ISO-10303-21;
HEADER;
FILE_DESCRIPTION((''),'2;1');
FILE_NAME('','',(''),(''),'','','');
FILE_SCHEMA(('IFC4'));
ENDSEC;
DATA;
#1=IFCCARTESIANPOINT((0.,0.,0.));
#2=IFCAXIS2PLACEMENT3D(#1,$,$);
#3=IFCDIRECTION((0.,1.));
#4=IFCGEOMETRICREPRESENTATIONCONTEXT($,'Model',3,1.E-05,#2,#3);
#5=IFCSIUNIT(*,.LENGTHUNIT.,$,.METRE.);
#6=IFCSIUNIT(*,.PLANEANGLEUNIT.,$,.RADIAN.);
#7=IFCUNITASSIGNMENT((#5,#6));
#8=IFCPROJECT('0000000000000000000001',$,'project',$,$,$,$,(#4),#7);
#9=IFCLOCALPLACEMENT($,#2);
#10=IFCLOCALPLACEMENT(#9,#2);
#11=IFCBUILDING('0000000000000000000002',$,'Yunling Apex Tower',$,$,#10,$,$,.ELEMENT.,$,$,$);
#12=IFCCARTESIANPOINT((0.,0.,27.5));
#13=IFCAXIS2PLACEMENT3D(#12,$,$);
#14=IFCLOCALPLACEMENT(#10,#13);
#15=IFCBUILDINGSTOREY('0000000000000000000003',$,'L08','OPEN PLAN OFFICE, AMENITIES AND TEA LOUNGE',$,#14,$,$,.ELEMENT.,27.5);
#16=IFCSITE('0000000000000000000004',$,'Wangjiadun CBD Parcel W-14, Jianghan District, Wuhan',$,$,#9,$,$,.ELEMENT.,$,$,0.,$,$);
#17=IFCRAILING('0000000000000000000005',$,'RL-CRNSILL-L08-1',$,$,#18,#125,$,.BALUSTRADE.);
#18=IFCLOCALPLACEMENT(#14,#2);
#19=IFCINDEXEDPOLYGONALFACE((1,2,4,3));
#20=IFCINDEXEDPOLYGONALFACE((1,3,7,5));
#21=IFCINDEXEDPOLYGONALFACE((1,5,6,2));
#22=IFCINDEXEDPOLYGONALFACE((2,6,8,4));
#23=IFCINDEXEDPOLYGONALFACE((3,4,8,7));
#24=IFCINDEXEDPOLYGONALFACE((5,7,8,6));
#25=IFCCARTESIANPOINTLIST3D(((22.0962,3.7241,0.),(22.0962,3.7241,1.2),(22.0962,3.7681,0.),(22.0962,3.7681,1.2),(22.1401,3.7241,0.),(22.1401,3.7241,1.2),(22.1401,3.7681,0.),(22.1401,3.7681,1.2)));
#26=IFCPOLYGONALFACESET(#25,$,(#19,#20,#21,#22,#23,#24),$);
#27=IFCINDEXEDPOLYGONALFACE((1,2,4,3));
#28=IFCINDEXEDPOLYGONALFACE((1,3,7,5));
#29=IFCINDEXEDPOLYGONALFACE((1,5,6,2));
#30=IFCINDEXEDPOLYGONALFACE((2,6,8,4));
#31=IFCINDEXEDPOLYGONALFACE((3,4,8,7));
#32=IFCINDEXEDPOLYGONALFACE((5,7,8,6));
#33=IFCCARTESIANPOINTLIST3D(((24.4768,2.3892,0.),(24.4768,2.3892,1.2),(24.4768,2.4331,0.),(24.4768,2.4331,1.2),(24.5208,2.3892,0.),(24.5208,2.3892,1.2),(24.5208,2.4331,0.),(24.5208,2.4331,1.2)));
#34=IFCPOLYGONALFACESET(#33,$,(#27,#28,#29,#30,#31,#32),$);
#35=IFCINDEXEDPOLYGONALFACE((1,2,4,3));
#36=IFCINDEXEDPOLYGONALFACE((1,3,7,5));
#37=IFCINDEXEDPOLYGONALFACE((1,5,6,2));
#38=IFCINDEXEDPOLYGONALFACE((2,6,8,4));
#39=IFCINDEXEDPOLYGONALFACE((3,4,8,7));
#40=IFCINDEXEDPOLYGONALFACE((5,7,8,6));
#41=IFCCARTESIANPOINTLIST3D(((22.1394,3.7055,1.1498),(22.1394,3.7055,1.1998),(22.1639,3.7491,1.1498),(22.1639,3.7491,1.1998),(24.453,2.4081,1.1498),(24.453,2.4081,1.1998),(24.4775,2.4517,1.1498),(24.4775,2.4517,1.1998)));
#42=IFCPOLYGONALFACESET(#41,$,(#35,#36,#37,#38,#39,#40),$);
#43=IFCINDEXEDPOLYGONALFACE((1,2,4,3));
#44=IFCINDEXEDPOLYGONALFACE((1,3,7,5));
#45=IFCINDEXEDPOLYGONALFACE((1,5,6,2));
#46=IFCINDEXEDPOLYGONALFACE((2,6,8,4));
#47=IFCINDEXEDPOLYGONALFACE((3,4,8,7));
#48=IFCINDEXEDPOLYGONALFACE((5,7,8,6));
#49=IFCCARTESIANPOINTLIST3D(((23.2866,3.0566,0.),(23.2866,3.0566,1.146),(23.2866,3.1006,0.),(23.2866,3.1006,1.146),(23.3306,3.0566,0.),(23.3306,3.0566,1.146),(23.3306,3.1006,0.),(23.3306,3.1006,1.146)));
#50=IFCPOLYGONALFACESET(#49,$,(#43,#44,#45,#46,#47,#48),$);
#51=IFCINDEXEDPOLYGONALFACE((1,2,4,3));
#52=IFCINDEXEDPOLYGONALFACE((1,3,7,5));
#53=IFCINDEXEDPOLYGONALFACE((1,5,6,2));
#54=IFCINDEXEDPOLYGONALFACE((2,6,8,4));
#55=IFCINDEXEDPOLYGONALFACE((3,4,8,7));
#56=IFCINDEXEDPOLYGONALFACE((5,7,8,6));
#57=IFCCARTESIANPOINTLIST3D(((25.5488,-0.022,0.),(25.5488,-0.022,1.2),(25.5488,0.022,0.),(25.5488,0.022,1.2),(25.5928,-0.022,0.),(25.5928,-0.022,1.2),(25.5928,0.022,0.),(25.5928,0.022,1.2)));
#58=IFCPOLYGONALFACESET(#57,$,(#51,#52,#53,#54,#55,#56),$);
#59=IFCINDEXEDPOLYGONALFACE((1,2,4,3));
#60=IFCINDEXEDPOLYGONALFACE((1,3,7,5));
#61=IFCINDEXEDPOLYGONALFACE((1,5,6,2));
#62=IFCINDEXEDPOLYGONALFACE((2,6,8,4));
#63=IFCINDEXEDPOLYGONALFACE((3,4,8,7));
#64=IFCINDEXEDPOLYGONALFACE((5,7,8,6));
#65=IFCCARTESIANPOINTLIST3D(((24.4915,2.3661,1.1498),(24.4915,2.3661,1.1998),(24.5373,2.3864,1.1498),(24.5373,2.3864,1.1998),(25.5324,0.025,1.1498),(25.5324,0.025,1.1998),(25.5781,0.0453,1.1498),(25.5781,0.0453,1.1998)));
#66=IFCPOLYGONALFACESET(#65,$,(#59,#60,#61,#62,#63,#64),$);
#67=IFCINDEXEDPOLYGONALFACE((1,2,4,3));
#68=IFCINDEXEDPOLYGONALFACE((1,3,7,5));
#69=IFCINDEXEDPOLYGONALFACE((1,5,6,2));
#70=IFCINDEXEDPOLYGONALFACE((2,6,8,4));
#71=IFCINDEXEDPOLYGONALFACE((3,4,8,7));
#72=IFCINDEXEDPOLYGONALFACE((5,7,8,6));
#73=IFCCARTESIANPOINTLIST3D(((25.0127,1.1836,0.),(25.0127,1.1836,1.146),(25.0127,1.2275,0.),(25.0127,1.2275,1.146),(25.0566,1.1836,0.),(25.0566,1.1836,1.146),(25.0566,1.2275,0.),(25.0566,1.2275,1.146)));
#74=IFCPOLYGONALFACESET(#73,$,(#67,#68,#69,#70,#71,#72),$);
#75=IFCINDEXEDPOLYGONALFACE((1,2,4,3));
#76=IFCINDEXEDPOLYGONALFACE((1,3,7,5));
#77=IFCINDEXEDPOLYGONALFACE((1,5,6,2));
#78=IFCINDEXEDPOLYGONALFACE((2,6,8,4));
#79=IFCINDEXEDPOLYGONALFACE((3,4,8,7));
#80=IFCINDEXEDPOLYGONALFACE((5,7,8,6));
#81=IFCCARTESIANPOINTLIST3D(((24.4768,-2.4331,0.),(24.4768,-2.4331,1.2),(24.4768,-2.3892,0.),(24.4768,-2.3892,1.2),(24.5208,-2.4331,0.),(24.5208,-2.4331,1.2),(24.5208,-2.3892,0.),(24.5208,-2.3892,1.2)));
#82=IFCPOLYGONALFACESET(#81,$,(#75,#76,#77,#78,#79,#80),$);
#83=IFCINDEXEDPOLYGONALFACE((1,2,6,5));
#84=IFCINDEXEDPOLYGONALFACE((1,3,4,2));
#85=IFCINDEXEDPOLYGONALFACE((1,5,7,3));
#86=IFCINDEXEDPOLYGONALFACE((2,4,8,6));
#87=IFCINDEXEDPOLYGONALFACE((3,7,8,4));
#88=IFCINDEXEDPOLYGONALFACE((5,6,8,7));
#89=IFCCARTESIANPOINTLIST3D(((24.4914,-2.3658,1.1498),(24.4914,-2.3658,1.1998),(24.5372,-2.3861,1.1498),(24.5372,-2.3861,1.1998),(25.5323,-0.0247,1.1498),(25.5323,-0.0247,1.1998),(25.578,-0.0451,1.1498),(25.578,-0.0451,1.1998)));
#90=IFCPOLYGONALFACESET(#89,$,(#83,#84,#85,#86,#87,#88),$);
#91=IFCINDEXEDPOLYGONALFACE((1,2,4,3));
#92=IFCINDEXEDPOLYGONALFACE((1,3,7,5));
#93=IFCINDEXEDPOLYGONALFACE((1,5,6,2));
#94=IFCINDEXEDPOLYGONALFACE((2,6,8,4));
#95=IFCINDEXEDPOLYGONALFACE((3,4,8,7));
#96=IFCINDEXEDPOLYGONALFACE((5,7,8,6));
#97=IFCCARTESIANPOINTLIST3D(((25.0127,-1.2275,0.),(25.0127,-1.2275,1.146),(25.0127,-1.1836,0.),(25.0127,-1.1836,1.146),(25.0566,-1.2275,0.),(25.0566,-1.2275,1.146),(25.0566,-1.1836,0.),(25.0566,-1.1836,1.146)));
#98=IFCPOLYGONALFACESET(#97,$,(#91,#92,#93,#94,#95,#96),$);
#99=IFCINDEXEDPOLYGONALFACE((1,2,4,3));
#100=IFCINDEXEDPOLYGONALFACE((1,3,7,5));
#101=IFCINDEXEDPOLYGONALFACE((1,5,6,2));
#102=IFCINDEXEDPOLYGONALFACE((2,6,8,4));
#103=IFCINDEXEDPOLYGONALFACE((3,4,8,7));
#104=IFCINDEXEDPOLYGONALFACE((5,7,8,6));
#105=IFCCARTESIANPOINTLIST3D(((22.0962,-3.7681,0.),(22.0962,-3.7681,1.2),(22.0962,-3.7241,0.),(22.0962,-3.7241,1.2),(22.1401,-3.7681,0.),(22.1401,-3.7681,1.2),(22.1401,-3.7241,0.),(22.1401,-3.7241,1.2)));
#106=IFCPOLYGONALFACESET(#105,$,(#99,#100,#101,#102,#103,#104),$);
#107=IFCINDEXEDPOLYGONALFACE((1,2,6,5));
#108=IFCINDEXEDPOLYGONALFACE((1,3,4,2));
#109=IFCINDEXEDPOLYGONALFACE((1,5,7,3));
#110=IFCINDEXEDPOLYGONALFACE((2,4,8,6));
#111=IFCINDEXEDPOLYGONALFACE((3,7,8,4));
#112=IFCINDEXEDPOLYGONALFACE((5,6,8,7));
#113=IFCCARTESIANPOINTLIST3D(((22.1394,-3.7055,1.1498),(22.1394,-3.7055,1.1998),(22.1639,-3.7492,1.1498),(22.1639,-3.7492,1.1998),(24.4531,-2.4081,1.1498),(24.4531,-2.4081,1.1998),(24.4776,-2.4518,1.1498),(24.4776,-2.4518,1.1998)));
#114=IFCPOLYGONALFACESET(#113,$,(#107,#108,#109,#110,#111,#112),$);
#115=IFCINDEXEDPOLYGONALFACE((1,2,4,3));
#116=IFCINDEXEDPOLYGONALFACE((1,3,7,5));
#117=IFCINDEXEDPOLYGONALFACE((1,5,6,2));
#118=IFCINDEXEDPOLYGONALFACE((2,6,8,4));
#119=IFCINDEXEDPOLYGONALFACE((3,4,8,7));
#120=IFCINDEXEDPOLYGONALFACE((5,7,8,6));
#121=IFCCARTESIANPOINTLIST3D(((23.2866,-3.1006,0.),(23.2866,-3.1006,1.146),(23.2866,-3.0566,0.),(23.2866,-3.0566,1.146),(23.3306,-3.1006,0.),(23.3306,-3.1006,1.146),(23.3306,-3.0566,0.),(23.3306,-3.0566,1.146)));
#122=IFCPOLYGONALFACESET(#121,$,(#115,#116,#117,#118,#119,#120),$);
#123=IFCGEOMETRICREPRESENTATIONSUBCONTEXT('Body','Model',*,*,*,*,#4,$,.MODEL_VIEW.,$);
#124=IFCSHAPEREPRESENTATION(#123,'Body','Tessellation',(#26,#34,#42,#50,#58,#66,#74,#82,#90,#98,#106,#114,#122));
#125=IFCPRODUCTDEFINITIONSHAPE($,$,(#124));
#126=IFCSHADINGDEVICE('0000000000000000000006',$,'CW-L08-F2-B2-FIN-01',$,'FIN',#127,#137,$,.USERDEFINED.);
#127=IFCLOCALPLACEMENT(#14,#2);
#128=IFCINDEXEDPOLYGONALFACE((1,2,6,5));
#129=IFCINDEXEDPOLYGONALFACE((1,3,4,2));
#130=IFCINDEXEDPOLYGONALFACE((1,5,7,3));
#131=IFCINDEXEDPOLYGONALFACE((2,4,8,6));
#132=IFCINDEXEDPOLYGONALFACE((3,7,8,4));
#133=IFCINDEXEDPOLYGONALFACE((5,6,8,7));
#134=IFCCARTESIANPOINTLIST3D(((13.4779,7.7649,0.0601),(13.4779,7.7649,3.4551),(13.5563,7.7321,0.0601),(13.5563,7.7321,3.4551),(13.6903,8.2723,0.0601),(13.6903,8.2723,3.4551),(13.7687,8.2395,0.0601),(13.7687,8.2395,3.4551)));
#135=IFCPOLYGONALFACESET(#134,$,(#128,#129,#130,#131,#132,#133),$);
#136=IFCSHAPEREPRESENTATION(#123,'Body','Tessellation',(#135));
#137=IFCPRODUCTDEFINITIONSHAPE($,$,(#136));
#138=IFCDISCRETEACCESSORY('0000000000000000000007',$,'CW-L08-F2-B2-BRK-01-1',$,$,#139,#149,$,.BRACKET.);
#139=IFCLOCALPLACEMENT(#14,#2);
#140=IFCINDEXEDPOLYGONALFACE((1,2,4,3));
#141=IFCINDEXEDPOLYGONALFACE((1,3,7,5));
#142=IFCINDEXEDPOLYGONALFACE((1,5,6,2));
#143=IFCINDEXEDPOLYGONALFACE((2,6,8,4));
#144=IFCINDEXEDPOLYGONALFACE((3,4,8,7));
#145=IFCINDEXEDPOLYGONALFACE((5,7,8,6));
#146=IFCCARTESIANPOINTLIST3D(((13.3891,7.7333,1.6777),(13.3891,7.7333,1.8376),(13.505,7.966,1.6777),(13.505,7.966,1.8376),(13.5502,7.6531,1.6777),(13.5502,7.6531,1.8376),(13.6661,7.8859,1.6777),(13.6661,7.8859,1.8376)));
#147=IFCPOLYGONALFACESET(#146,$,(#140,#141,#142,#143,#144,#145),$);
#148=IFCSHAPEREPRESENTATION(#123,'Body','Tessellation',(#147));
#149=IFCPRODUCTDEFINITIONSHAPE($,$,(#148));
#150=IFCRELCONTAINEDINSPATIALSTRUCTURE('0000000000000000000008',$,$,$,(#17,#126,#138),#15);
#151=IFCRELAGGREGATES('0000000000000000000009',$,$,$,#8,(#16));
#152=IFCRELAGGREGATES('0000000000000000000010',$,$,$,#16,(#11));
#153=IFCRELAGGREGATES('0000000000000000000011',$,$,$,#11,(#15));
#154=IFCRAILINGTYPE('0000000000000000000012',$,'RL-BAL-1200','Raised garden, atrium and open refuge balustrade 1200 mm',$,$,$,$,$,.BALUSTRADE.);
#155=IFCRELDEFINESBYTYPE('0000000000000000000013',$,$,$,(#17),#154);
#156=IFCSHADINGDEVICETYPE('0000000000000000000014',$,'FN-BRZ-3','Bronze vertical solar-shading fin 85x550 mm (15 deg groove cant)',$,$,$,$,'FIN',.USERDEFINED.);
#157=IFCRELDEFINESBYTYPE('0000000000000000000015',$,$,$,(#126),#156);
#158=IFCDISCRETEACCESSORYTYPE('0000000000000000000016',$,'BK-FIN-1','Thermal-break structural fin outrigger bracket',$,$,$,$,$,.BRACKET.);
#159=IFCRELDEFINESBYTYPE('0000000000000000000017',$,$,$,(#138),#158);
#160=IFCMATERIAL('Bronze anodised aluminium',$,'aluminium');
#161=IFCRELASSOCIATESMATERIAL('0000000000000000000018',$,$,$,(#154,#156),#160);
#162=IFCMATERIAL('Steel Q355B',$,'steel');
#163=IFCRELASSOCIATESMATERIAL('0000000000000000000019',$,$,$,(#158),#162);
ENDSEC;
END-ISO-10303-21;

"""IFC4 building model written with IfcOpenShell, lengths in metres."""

from ifc_helpers import new_model, si_unit, direction, frame, origin, origin_2d, place, context, subcontext, project, spatial, rectangle, extrude, source, transform, mapped, material, material_profile, profile_set, type_object, element, save


model = new_model("IFC4")

# Units and contexts
model_context = context("Model", 3, precision=1e-05, world=origin(), true_north=direction((0.0, 1.0)))
body_context = subcontext(model_context, "Body", "Model", "MODEL_VIEW")
ifc_project = project(units=[si_unit("LENGTHUNIT", "METRE"), si_unit("PLANEANGLEUNIT", "RADIAN")], contexts=[model_context])

# Site, building, storey
site_placement = place(None, origin())
site = spatial("IfcSite", under=ifc_project, at=site_placement, Name="Wangjiadun CBD Parcel W-14, Jianghan District, Wuhan", CompositionType="ELEMENT", RefElevation=0.0)
building_placement = place(site_placement, origin())
building = spatial("IfcBuilding", under=site, at=building_placement, Name="Yunling Apex Tower", CompositionType="ELEMENT")
storey_placement = place(building_placement, frame((0.0, 0.0, 27.5)))
storey = spatial("IfcBuildingStorey", under=building, at=storey_placement, Name="L08", Description="OPEN PLAN OFFICE, AMENITIES AND TEA LOUNGE", CompositionType="ELEMENT", Elevation=27.5)

# Shared definitions
ifc_material_1 = material(Name="Steel Q355B", Category="steel")

# Shared definitions
ifc_material_2 = material(Name="Bronze anodised aluminium", Category="aluminium")

# Railing
railing_type = type_object("IfcRailingType", Name="RL-BAL-1200", Description="Raised garden, atrium and open refuge balustrade 1200 mm", PredefinedType="BALUSTRADE", material=ifc_material_2)
railing_placement = place(storey_placement, frame((22.1182, 3.7461, 0.0)))
element("IfcRailing", 1, at=railing_placement, inside=storey, type_object=railing_type, Name="RL-CRNSILL-L08-1", PredefinedType="BALUSTRADE", context=body_context, shape_type="SweptSolid", body=[
    extrude(rectangle(XDim=0.0439, YDim=0.0439, at=origin_2d()), origin(), (0.0, 0.0, 1.0), 1.2),
    extrude(rectangle(XDim=0.0439, YDim=0.0439, at=origin_2d()), frame((2.3806, -1.335, 0.0)), (0.0, 0.0, 1.0), 1.2),
    extrude(rectangle(XDim=0.05, YDim=0.05, at=origin_2d()), frame((0.0334, -0.0188, 1.1748), z_axis=(0.872222, -0.48911, 0.0), x_axis=(0.48911, 0.872222, 0.0)), (0.0, 0.0, 1.0), 2.6526),
    extrude(rectangle(XDim=0.0439, YDim=0.0439, at=origin_2d()), frame((1.1904, -0.6675, 0.0)), (0.0, 0.0, 1.0), 1.146),
    extrude(rectangle(XDim=0.0439, YDim=0.0439, at=origin_2d()), frame((3.4526, -3.7461, 0.0)), (0.0, 0.0, 1.0), 1.2),
    extrude(rectangle(XDim=0.05, YDim=0.05, at=origin_2d()), frame((2.3962, -1.3699, 1.1748), z_axis=(0.406267, -0.913754, 0.0), x_axis=(0.913754, 0.406267, 0.0)), (0.0, 0.0, 1.0), 2.562),
    extrude(rectangle(XDim=0.0439, YDim=0.0439, at=origin_2d()), frame((2.9165, -2.5405, 0.0)), (0.0, 0.0, 1.0), 1.146),
    extrude(rectangle(XDim=0.0439, YDim=0.0439, at=origin_2d()), frame((2.3806, -6.1572, 0.0)), (0.0, 0.0, 1.0), 1.2),
    extrude(rectangle(XDim=0.05, YDim=0.05, at=origin_2d()), frame((3.437, -3.781, 1.1748), z_axis=(-0.406267, -0.913754, 0.0), x_axis=(0.913754, -0.406267, 0.0)), (0.0, 0.0, 1.0), 2.562),
    extrude(rectangle(XDim=0.0439, YDim=0.0439, at=origin_2d()), frame((2.9165, -4.9517, 0.0)), (0.0, 0.0, 1.0), 1.146),
    extrude(rectangle(XDim=0.0439, YDim=0.0439, at=origin_2d()), frame((0.0, -7.4922, 0.0)), (0.0, 0.0, 1.0), 1.2),
    extrude(rectangle(XDim=0.05, YDim=0.05, at=origin_2d()), frame((2.3472, -6.176, 1.1748), z_axis=(-0.872222, -0.48911, 0.0), x_axis=(0.48911, -0.872222, 0.0)), (0.0, 0.0, 1.0), 2.6526),
    extrude(rectangle(XDim=0.0439, YDim=0.0439, at=origin_2d()), frame((1.1904, -6.8247, 0.0)), (0.0, 0.0, 1.0), 1.146),
])

# Shading device
ifc_material_profile_1 = material_profile(ifc_material_2, rectangle(XDim=0.085, YDim=0.55, at=origin_2d()))
ifc_profile_set_1 = profile_set([ifc_material_profile_1], Name="Bronze anodised aluminium")
shading_device_type = type_object("IfcShadingDeviceType", Name="FN-BRZ-3", Description="Bronze vertical solar-shading fin 85x550 mm (15 deg groove cant)", ElementType="FIN", PredefinedType="USERDEFINED", material=ifc_profile_set_1)
shared_shape_1 = source(origin(), body_context, "Body", "SweptSolid", [
    extrude(rectangle(XDim=0.085, YDim=0.55, at=origin_2d()), origin(), (0.0, 0.0, 1.0), 3.395),
])
shading_device_placement = place(storey_placement, frame((13.6233, 8.0022, 0.0601), z_axis=(0.0, 0.0, 1.0), x_axis=(-0.922471, 0.386067, 0.0)))
element("IfcShadingDevice", 2, at=shading_device_placement, inside=storey, type_object=shading_device_type, Name="CW-L08-F2-B2-FIN-01", ObjectType="FIN", PredefinedType="USERDEFINED", context=body_context, shape_type="MappedRepresentation", body=[
    mapped(shared_shape_1, transform((0.0, 0.0, 0.0), scale=1.0)),
])

# Discrete accessory
discrete_accessory_type = type_object("IfcDiscreteAccessoryType", Name="BK-FIN-1", Description="Thermal-break structural fin outrigger bracket", PredefinedType="BRACKET", material=ifc_material_1)
shared_shape_2 = source(origin(), body_context, "Body", "SweptSolid", [
    extrude(rectangle(XDim=0.1799, YDim=0.26, at=origin_2d()), origin(), (0.0, 0.0, 1.0), 0.1599),
])
discrete_accessory_placement = place(storey_placement, frame((13.5276, 7.8096, 1.6777), z_axis=(0.0, 0.0, 1.0), x_axis=(-0.895246, 0.445573, 0.0)))
element("IfcDiscreteAccessory", 3, at=discrete_accessory_placement, inside=storey, type_object=discrete_accessory_type, Name="CW-L08-F2-B2-BRK-01-1", PredefinedType="BRACKET", context=body_context, shape_type="MappedRepresentation", body=[
    mapped(shared_shape_2, transform((0.0, 0.0, 0.0), scale=1.0)),
])

save(model, "model.ifc")
